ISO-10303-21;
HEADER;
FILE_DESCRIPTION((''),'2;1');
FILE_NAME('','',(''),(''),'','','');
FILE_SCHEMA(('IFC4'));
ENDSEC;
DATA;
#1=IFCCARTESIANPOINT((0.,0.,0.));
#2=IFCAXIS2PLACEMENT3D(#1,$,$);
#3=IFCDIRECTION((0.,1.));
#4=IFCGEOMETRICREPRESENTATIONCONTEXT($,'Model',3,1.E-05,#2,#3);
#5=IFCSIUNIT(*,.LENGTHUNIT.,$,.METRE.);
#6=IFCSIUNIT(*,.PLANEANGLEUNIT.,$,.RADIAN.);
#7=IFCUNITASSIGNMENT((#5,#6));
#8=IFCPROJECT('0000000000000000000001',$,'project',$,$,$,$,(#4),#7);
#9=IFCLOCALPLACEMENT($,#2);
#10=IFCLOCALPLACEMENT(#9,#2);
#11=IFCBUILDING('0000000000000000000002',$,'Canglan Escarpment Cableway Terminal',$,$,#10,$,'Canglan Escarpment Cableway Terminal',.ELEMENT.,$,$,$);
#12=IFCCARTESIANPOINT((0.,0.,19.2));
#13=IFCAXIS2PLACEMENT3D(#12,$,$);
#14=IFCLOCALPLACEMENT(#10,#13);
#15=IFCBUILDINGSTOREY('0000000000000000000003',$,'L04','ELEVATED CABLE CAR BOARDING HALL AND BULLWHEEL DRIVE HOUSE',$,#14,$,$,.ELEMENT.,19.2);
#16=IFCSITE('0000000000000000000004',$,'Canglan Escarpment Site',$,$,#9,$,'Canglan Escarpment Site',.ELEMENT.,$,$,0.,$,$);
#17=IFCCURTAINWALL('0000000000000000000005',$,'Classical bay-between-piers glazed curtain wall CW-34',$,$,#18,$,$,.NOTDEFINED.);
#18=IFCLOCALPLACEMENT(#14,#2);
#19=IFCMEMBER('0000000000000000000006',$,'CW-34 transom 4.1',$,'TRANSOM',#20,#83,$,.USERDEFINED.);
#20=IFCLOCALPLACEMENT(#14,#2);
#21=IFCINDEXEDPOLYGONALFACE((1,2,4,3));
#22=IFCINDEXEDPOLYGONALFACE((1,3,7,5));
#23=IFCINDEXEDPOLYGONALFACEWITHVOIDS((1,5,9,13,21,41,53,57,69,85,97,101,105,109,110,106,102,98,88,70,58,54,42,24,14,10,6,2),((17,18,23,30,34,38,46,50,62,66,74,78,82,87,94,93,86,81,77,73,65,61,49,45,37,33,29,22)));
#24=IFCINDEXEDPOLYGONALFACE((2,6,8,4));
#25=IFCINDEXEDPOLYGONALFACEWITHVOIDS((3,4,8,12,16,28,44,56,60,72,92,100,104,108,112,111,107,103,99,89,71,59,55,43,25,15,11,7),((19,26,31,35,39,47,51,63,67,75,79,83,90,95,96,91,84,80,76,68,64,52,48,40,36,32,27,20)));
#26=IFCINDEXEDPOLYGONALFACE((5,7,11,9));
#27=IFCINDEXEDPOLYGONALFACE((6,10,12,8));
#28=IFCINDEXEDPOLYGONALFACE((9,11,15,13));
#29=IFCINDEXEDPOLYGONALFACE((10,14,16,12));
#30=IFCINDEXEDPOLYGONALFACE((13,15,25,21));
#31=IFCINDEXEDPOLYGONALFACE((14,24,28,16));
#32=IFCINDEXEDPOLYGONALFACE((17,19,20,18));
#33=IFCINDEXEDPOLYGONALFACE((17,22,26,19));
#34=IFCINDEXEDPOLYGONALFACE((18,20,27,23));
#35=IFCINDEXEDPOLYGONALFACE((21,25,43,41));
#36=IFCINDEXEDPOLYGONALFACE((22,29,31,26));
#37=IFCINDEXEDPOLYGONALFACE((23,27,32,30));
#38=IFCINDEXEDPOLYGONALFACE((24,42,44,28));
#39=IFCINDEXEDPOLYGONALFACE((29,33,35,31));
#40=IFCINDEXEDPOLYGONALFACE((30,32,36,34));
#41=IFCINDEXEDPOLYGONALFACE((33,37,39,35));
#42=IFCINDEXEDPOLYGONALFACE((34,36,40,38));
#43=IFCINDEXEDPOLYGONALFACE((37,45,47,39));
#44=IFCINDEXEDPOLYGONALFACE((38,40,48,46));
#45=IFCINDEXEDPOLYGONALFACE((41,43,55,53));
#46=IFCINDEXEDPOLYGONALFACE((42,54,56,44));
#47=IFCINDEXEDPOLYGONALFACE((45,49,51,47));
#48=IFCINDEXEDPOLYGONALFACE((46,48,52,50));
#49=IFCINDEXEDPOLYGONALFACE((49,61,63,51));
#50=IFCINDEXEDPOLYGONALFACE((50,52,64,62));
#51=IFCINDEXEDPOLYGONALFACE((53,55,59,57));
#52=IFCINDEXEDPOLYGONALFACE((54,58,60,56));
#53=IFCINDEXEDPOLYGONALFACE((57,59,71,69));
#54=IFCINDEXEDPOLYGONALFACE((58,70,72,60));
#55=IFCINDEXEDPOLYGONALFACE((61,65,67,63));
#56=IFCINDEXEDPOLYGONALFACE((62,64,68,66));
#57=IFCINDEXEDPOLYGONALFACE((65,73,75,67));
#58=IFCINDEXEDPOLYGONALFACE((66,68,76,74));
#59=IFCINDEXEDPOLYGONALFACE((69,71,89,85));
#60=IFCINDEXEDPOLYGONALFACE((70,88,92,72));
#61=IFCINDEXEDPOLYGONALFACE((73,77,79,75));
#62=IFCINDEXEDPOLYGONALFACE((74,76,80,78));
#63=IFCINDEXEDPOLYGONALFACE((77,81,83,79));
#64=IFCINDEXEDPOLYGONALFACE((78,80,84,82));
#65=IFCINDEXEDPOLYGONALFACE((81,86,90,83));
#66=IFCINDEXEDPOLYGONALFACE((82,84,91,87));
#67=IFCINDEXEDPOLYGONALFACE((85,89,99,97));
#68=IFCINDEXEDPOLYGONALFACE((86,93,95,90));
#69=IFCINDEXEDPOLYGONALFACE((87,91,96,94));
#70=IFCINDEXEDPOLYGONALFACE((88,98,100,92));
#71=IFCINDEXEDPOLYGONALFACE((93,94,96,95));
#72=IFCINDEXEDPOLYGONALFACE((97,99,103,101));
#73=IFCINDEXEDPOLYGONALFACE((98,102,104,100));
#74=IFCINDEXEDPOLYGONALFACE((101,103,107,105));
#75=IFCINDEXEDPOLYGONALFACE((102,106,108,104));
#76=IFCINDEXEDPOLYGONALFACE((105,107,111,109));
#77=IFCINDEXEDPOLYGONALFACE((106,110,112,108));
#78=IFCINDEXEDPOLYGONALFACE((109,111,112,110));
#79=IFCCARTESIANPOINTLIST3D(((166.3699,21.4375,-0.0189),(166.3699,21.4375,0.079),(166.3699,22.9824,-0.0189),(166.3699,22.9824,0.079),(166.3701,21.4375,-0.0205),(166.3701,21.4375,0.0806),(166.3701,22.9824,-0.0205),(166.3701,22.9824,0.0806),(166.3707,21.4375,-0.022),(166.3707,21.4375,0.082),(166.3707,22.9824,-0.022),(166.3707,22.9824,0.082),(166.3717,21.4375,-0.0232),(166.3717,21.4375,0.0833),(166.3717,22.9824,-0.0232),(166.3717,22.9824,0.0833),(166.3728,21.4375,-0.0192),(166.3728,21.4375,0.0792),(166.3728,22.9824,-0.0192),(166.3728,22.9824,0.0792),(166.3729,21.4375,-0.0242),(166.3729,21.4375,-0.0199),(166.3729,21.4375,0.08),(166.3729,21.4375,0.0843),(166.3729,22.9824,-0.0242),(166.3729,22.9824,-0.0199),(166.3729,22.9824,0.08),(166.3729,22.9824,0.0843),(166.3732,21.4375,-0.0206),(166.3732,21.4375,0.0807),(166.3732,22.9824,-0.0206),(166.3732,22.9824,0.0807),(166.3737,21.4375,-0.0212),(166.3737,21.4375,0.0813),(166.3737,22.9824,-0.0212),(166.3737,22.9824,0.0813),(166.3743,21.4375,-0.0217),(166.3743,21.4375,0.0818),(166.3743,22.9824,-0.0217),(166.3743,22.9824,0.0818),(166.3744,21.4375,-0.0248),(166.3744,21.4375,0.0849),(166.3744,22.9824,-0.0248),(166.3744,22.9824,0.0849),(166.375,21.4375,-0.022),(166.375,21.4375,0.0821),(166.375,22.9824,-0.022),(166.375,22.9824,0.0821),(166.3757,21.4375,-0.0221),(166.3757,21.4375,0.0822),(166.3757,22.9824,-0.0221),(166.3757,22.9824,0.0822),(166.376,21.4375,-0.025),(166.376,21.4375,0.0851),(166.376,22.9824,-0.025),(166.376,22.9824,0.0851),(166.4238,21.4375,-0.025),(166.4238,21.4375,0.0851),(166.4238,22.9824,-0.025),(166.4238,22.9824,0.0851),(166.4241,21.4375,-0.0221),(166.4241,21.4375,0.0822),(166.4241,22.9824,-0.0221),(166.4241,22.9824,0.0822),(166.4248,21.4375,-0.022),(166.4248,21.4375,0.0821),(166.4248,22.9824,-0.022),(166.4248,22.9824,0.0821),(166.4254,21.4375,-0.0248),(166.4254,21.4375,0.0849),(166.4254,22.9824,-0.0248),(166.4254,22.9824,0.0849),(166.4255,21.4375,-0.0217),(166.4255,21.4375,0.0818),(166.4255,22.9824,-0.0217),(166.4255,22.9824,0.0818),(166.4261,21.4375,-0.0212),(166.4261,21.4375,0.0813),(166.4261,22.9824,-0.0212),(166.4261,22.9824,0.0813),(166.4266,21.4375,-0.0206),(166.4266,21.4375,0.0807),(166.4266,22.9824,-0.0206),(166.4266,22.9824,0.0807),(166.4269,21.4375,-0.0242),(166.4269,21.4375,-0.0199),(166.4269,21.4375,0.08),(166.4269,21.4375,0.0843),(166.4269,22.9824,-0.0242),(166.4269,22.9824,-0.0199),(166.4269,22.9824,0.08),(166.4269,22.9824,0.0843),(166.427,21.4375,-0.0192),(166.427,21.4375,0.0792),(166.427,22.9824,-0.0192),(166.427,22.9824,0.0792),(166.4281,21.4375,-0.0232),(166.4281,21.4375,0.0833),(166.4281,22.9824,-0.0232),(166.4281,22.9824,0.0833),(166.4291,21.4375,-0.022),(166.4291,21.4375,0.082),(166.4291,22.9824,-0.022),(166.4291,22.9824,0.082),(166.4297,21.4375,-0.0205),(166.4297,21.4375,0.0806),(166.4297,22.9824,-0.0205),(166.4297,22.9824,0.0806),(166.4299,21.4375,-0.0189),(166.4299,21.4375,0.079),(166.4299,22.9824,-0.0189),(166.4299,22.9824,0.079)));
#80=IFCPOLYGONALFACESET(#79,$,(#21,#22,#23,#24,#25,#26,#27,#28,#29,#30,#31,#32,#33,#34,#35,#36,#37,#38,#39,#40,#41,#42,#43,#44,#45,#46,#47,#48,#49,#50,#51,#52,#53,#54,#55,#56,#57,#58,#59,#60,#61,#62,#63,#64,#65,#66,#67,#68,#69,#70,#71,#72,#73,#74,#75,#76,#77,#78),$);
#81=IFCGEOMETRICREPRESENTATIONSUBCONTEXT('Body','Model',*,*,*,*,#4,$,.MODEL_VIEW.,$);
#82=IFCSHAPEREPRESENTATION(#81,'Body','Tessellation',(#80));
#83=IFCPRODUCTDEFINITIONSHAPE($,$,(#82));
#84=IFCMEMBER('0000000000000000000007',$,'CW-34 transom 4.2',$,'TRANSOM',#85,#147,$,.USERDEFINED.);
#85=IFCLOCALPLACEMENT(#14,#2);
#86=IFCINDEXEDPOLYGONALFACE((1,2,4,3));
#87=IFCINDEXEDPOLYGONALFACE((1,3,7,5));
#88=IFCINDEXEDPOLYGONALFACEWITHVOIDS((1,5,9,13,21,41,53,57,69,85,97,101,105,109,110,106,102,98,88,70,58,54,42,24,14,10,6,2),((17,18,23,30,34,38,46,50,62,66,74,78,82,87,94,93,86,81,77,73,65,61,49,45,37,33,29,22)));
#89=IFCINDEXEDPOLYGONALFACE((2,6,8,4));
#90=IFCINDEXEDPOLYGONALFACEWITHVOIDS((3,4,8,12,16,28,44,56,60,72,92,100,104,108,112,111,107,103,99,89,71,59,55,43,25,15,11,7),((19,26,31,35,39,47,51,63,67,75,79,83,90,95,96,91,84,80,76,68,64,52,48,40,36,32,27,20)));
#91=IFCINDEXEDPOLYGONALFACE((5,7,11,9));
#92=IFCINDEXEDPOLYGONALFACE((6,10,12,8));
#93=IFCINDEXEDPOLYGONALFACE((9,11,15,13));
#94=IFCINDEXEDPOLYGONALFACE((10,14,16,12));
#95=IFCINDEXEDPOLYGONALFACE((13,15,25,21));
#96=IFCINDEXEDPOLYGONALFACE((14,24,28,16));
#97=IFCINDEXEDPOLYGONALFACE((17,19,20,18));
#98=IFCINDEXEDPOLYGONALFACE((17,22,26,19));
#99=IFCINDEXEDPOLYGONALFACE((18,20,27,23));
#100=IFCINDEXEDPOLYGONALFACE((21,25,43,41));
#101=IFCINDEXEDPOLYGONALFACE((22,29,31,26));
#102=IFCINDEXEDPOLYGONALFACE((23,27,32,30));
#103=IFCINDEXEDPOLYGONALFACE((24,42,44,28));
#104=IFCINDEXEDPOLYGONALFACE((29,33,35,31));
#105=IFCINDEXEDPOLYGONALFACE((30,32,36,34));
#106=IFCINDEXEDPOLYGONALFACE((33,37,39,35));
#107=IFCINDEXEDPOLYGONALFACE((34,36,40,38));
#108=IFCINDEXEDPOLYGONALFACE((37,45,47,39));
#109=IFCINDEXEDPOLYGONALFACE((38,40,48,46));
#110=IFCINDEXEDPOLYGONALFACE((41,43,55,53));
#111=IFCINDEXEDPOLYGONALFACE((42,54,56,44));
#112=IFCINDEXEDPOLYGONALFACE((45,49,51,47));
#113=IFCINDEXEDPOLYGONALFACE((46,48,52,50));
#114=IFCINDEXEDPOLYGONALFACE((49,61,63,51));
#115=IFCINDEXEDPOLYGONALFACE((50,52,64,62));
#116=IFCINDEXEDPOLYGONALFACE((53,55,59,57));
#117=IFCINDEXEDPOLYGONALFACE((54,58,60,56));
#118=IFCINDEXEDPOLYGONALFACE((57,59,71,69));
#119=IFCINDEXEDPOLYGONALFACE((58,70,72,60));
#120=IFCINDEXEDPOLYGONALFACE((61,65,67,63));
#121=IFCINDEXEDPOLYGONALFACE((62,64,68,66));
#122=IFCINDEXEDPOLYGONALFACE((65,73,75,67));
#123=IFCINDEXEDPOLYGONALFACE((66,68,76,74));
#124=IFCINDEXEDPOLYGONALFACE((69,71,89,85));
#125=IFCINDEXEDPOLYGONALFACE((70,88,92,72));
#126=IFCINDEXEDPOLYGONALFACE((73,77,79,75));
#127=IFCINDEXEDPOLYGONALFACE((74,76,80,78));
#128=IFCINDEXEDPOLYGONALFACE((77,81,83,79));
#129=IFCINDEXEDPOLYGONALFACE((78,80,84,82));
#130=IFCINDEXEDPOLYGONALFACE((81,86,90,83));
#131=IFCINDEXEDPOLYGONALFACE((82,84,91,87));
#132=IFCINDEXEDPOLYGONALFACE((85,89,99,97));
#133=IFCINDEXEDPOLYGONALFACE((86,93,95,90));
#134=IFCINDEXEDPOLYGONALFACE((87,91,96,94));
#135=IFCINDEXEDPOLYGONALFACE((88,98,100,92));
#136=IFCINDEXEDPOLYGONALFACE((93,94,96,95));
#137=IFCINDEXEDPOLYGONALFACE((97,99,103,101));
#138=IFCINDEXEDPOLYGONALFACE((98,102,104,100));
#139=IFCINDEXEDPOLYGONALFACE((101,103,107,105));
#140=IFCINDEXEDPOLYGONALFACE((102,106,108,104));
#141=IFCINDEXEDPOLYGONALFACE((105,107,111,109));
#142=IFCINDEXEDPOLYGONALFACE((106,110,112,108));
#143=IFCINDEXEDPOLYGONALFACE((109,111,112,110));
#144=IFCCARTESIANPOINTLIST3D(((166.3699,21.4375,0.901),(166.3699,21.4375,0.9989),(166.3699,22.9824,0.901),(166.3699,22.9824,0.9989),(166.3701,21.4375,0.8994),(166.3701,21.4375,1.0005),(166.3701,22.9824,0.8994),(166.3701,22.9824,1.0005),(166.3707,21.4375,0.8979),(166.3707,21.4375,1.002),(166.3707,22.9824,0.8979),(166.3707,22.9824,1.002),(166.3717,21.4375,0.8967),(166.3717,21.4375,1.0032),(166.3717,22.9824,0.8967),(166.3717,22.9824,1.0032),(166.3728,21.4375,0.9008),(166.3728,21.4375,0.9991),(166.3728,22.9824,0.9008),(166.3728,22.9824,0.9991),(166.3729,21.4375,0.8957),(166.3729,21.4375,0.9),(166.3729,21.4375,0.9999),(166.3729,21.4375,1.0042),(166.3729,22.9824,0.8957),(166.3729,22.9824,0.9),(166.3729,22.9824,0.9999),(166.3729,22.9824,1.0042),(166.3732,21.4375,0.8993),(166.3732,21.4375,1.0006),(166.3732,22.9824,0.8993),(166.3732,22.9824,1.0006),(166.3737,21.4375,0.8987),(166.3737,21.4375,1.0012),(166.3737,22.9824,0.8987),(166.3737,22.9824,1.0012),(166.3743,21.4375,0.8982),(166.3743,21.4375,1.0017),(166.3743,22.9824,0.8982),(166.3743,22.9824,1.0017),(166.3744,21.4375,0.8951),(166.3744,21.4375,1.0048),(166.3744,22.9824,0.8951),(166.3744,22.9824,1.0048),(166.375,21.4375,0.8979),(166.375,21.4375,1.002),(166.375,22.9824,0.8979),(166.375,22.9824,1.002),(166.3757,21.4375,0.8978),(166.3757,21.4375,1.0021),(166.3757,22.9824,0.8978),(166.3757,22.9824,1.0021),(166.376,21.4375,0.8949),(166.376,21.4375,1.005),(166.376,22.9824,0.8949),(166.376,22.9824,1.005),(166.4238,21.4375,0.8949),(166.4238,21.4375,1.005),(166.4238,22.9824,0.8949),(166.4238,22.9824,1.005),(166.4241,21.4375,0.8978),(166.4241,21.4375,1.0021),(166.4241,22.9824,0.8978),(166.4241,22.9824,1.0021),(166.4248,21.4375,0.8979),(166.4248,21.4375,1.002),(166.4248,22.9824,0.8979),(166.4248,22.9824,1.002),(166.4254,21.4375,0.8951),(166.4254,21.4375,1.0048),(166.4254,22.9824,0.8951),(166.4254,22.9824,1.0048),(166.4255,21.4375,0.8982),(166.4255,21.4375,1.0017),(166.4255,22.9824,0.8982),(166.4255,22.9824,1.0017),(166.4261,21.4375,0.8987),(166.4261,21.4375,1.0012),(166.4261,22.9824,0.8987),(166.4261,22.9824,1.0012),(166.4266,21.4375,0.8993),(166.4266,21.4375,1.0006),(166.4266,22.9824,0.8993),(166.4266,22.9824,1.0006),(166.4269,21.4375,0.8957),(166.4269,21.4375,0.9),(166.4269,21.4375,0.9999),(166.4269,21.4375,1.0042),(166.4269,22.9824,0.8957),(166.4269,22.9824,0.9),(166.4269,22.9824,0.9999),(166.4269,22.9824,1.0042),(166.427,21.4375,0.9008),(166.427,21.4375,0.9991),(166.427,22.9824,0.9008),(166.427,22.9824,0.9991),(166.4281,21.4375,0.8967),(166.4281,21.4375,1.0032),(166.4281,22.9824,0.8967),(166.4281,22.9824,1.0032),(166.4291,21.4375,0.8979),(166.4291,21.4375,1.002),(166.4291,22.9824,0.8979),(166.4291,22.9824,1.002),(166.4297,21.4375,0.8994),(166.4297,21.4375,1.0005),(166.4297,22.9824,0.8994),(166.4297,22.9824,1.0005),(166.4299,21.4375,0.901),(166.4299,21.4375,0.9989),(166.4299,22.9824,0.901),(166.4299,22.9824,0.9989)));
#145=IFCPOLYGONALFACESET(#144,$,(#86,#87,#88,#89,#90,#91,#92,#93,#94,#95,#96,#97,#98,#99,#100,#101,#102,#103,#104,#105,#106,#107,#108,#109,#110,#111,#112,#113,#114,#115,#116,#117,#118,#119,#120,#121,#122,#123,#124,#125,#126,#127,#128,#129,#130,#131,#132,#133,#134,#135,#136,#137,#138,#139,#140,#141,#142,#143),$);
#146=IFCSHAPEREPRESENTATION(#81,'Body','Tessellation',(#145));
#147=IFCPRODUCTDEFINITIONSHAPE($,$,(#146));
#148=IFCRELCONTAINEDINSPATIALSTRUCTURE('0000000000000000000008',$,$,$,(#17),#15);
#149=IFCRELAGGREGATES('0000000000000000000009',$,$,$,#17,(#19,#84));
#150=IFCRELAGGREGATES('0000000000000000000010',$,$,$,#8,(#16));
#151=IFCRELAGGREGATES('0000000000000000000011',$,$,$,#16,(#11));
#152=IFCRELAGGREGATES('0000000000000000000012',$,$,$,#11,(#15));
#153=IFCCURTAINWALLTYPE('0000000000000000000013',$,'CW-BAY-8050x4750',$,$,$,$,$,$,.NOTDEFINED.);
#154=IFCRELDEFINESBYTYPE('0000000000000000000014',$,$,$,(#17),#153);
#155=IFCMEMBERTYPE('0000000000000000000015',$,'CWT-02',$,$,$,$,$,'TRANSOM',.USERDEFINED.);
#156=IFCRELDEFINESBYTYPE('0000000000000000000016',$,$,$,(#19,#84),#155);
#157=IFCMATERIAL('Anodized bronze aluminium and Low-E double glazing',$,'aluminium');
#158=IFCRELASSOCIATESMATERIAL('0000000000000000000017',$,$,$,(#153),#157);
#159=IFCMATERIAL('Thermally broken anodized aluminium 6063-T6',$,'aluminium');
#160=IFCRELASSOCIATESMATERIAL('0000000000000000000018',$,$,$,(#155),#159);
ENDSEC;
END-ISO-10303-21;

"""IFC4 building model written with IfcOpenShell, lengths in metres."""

from ifc_helpers import new_model, si_unit, direction, frame, origin, origin_2d, place, context, subcontext, project, spatial, hollow_rectangle, extrude, material, material_profile, profile_set, type_object, element, aggregate, save


model = new_model("IFC4")

# Units and contexts
model_context = context("Model", 3, precision=1e-05, world=origin(), true_north=direction((0.0, 1.0)))
body_context = subcontext(model_context, "Body", "Model", "MODEL_VIEW")
ifc_project = project(units=[si_unit("LENGTHUNIT", "METRE"), si_unit("PLANEANGLEUNIT", "RADIAN")], contexts=[model_context])

# Site, building, storey
site_placement = place(None, origin())
site = spatial("IfcSite", under=ifc_project, at=site_placement, Name="Canglan Escarpment Site", LongName="Canglan Escarpment Site", CompositionType="ELEMENT", RefElevation=0.0)
building_placement = place(site_placement, origin())
building = spatial("IfcBuilding", under=site, at=building_placement, Name="Canglan Escarpment Cableway Terminal", LongName="Canglan Escarpment Cableway Terminal", CompositionType="ELEMENT")
storey_placement = place(building_placement, frame((0.0, 0.0, 19.2)))
storey = spatial("IfcBuildingStorey", under=building, at=storey_placement, Name="L04", Description="ELEVATED CABLE CAR BOARDING HALL AND BULLWHEEL DRIVE HOUSE", CompositionType="ELEMENT", Elevation=19.2)

# Curtain wall
ifc_material_1 = material(Name="Anodized bronze aluminium and Low-E double glazing", Category="aluminium")
curtain_wall_type_1 = type_object("IfcCurtainWallType", Name="CW-BAY-8050x4750", PredefinedType="NOTDEFINED", material=ifc_material_1)
curtain_wall_1_placement = place(storey_placement, origin())
curtain_wall_1 = element("IfcCurtainWall", 1, at=curtain_wall_1_placement, inside=storey, type_object=curtain_wall_type_1, Name="Classical bay-between-piers glazed curtain wall CW-34", PredefinedType="NOTDEFINED")
ifc_material_2 = material(Name="Thermally broken anodized aluminium 6063-T6", Category="aluminium")

# Members
ifc_material_profile_1 = material_profile(ifc_material_2, hollow_rectangle(XDim=0.0601, YDim=0.1101, WallThickness=0.0029, InnerFilletRadius=0.0029, OuterFilletRadius=0.0061, at=origin_2d()), Name="ALU-TRAN 60x110x3")
ifc_profile_set_1 = profile_set([ifc_material_profile_1], Name="Thermally broken anodized aluminium 6063-T6")
member_type_1 = type_object("IfcMemberType", Name="CWT-02", ElementType="TRANSOM", PredefinedType="USERDEFINED", material=ifc_profile_set_1)
member_1_placement = place(storey_placement, frame((166.3999, 21.4375, 0.03), z_axis=(0.0, 1.0, 0.0), x_axis=(-1.0, 0.0, 0.0)))
member_1 = element("IfcMember", 2, at=member_1_placement, type_object=member_type_1, Name="CW-34 transom 4.1", ObjectType="TRANSOM", PredefinedType="USERDEFINED", context=body_context, shape_type="SweptSolid", body=[
    extrude(hollow_rectangle(XDim=0.0601, YDim=0.1101, WallThickness=0.0029, InnerFilletRadius=0.0029, OuterFilletRadius=0.0061, at=origin_2d()), origin(), (0.0, 0.0, 1.0), 1.5449),
])
member_2_placement = place(storey_placement, frame((166.3999, 21.4375, 0.95), z_axis=(0.0, 1.0, 0.0), x_axis=(-1.0, 0.0, 0.0)))
member_2 = element("IfcMember", 3, at=member_2_placement, type_object=member_type_1, Name="CW-34 transom 4.2", ObjectType="TRANSOM", PredefinedType="USERDEFINED", context=body_context, shape_type="SweptSolid", body=[
    extrude(hollow_rectangle(XDim=0.0601, YDim=0.1101, WallThickness=0.0029, InnerFilletRadius=0.0029, OuterFilletRadius=0.0061, at=origin_2d()), origin(), (0.0, 0.0, 1.0), 1.5449),
])

aggregate(curtain_wall_1, [member_1, member_2])

save(model, "model.ifc")
